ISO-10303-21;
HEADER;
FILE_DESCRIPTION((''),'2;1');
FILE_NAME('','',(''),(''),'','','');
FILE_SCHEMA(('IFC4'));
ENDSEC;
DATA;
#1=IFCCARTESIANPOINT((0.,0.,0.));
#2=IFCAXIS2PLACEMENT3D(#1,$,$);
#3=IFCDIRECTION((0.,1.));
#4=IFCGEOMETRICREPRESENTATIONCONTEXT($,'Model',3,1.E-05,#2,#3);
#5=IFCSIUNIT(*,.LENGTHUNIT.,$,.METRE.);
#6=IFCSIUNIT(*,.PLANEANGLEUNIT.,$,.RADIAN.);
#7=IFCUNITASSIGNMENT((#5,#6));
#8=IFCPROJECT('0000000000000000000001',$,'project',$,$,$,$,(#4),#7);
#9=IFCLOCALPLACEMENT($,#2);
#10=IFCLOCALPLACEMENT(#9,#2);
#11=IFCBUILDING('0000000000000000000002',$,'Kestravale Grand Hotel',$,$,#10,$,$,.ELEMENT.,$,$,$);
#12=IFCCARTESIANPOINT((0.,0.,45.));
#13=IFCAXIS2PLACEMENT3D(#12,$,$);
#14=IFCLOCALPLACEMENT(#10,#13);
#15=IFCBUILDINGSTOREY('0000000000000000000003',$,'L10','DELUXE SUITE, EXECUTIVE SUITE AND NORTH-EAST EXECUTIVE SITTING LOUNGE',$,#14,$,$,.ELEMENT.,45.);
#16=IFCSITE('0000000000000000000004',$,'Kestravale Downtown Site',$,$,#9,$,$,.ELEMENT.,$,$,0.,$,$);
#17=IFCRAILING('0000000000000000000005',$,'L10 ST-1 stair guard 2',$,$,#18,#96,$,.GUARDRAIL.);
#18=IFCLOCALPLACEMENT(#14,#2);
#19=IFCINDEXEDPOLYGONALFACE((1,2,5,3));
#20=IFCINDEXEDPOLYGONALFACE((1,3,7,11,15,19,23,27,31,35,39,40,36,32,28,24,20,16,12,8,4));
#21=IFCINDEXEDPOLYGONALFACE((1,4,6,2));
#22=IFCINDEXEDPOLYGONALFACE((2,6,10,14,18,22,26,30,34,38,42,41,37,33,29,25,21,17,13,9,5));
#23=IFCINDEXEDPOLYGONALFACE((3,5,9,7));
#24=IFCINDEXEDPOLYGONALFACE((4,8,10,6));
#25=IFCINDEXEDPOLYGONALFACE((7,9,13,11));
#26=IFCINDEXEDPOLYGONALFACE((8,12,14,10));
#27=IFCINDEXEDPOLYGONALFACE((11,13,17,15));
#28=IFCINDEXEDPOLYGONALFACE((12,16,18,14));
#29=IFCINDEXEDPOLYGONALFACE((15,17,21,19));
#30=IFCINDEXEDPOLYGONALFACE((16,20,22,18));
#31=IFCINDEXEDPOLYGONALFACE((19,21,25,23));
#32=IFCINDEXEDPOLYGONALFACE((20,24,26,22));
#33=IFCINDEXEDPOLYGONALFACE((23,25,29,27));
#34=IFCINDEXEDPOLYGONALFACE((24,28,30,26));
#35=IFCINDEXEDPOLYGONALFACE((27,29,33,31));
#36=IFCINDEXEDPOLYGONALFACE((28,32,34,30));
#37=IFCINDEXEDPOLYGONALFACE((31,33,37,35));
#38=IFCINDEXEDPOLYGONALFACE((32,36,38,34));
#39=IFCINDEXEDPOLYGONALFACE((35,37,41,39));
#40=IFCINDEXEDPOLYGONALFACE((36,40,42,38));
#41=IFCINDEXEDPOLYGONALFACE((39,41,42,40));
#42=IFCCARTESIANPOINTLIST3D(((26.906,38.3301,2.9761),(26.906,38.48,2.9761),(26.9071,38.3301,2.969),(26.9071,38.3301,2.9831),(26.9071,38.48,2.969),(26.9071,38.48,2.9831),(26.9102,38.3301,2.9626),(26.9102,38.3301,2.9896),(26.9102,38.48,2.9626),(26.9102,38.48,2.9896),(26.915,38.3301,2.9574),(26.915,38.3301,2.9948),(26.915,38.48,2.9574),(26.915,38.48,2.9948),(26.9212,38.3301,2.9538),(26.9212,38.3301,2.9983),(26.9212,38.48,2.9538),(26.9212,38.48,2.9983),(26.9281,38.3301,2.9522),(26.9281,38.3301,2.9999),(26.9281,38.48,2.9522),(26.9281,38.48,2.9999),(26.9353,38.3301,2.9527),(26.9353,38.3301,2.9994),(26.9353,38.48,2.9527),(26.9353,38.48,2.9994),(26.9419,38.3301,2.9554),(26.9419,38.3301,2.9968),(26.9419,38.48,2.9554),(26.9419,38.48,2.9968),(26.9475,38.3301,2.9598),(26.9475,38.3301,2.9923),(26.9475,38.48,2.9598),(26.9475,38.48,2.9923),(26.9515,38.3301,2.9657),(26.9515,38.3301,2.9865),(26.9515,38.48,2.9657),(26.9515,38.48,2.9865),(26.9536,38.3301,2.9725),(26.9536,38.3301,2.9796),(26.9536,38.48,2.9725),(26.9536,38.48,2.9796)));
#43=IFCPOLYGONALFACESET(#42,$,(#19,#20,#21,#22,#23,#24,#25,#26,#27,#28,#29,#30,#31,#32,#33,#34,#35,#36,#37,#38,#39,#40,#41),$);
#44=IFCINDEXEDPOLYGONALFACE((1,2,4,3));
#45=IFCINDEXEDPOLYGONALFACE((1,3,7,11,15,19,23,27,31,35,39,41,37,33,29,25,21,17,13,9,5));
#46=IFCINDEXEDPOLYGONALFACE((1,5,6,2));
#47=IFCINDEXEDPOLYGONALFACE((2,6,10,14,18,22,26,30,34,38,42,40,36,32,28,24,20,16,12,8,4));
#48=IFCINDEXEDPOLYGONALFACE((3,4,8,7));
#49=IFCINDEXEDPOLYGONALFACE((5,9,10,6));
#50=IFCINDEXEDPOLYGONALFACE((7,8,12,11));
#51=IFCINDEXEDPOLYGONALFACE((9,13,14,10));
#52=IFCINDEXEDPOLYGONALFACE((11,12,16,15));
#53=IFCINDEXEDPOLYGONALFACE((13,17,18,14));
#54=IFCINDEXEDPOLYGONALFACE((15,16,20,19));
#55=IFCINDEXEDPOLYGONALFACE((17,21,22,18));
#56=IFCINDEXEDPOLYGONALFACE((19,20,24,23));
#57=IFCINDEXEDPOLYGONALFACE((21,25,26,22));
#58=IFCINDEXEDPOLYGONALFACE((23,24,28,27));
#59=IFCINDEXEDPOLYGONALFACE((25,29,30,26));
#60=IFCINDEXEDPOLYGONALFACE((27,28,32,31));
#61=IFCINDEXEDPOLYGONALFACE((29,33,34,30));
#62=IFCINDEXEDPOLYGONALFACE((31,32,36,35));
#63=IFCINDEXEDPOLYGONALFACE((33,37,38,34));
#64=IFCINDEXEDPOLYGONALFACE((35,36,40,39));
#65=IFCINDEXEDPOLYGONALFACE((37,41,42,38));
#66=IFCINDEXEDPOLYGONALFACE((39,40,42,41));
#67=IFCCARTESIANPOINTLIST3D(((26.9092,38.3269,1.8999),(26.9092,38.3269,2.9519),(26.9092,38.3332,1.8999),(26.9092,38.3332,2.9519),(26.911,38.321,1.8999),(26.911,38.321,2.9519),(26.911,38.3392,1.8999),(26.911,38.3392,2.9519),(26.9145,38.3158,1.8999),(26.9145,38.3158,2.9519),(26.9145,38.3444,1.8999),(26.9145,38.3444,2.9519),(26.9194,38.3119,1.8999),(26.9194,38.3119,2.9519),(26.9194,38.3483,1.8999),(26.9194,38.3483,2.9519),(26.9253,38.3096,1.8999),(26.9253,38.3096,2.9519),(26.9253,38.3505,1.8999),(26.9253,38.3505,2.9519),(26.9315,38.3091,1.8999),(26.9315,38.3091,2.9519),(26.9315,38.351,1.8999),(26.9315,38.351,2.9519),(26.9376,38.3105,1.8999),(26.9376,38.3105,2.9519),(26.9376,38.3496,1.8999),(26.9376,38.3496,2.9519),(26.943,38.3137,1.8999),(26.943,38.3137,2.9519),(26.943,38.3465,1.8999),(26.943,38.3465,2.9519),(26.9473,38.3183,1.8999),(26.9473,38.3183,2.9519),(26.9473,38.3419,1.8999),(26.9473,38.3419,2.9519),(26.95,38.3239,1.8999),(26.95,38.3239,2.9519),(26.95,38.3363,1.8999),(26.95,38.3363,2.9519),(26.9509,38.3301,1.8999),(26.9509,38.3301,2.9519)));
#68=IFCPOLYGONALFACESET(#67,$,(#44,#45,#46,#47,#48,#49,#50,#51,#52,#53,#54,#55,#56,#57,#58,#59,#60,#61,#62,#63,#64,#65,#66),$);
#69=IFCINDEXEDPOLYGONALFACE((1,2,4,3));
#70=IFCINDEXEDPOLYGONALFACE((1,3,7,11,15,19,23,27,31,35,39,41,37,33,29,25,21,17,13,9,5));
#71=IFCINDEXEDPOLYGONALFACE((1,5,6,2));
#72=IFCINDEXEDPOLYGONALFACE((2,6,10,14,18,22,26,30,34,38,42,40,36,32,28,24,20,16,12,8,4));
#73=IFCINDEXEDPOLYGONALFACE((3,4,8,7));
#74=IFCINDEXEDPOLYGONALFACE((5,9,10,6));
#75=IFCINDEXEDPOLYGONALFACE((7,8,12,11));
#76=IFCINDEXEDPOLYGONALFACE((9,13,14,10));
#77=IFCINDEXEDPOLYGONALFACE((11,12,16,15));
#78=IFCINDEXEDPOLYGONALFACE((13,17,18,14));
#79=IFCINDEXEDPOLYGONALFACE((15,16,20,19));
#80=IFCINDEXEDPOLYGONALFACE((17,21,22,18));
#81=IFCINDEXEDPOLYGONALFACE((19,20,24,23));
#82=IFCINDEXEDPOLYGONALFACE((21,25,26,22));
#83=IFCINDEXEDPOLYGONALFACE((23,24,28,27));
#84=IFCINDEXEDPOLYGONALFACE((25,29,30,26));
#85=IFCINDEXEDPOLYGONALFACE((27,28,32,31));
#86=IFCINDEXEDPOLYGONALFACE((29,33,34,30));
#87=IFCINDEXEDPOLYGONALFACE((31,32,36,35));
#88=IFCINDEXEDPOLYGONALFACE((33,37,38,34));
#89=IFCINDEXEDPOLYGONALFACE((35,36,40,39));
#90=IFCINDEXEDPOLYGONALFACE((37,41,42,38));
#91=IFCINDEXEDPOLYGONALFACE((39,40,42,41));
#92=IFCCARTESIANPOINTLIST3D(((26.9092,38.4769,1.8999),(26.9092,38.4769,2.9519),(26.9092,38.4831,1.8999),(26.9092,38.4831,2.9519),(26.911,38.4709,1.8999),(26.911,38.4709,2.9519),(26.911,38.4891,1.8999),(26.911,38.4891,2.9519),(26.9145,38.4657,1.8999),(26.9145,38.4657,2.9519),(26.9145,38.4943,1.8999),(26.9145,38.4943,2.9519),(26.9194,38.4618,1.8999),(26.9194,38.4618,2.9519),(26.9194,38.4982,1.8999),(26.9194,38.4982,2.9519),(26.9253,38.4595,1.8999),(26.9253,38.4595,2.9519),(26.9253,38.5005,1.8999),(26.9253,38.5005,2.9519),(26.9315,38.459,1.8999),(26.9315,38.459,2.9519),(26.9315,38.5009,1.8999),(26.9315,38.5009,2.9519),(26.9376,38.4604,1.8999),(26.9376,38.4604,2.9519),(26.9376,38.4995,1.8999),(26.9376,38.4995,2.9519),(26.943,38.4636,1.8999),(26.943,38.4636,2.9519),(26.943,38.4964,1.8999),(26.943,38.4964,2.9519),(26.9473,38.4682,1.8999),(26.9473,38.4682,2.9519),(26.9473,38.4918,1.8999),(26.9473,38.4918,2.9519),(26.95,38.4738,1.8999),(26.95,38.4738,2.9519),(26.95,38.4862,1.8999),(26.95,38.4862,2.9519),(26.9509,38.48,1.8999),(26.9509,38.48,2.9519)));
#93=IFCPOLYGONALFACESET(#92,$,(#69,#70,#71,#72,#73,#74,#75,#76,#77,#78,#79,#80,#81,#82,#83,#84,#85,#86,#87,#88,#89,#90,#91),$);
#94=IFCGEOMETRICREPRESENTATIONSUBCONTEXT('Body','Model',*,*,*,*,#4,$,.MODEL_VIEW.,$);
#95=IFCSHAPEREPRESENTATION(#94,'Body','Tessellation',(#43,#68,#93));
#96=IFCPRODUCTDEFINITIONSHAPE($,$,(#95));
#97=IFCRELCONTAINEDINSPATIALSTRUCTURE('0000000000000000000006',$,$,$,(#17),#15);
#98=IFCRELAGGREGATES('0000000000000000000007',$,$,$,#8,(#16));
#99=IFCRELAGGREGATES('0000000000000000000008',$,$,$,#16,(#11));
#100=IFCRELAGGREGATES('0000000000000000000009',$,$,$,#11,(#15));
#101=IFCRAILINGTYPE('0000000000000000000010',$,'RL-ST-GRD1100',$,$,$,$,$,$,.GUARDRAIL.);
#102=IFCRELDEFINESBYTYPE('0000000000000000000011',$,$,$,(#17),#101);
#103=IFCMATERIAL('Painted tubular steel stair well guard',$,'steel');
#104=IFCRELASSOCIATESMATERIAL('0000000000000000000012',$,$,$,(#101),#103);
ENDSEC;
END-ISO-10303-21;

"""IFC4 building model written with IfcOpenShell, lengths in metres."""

from ifc_helpers import new_model, si_unit, direction, frame, origin, origin_2d, place, context, subcontext, project, spatial, circle, extrude, material, type_object, element, save


model = new_model("IFC4")

# Units and contexts
model_context = context("Model", 3, precision=1e-05, world=origin(), true_north=direction((0.0, 1.0)))
body_context = subcontext(model_context, "Body", "Model", "MODEL_VIEW")
ifc_project = project(units=[si_unit("LENGTHUNIT", "METRE"), si_unit("PLANEANGLEUNIT", "RADIAN")], contexts=[model_context])

# Site, building, storey
site_placement = place(None, origin())
site = spatial("IfcSite", under=ifc_project, at=site_placement, Name="Kestravale Downtown Site", CompositionType="ELEMENT", RefElevation=0.0)
building_placement = place(site_placement, origin())
building = spatial("IfcBuilding", under=site, at=building_placement, Name="Kestravale Grand Hotel", CompositionType="ELEMENT")
storey_placement = place(building_placement, frame((0.0, 0.0, 45.0)))
storey = spatial("IfcBuildingStorey", under=building, at=storey_placement, Name="L10", Description="DELUXE SUITE, EXECUTIVE SUITE AND NORTH-EAST EXECUTIVE SITTING LOUNGE", CompositionType="ELEMENT", Elevation=45.0)

# Railing
ifc_material_1 = material(Name="Painted tubular steel stair well guard", Category="steel")
railing_type_1 = type_object("IfcRailingType", Name="RL-ST-GRD1100", PredefinedType="GUARDRAIL", material=ifc_material_1)
railing_1_placement = place(storey_placement, frame((26.9299, 38.3301, 1.8999)))
element("IfcRailing", 1, at=railing_1_placement, inside=storey, type_object=railing_type_1, Name="L10 ST-1 stair guard 2", PredefinedType="GUARDRAIL", context=body_context, shape_type="SweptSolid", body=[
    extrude(circle(Radius=0.0239, at=origin_2d()), frame((0.0, 0.0, 1.0762), z_axis=(0.0, 1.0, 0.0), x_axis=(-1.0, 0.0, 0.0)), (0.0, 0.0, 1.0), 0.1499),
    extrude(circle(Radius=0.021, at=origin_2d()), origin(), (0.0, 0.0, 1.0), 1.052),
    extrude(circle(Radius=0.021, at=origin_2d()), frame((0.0, 0.1499, 0.0)), (0.0, 0.0, 1.0), 1.052),
])

save(model, "model.ifc")
